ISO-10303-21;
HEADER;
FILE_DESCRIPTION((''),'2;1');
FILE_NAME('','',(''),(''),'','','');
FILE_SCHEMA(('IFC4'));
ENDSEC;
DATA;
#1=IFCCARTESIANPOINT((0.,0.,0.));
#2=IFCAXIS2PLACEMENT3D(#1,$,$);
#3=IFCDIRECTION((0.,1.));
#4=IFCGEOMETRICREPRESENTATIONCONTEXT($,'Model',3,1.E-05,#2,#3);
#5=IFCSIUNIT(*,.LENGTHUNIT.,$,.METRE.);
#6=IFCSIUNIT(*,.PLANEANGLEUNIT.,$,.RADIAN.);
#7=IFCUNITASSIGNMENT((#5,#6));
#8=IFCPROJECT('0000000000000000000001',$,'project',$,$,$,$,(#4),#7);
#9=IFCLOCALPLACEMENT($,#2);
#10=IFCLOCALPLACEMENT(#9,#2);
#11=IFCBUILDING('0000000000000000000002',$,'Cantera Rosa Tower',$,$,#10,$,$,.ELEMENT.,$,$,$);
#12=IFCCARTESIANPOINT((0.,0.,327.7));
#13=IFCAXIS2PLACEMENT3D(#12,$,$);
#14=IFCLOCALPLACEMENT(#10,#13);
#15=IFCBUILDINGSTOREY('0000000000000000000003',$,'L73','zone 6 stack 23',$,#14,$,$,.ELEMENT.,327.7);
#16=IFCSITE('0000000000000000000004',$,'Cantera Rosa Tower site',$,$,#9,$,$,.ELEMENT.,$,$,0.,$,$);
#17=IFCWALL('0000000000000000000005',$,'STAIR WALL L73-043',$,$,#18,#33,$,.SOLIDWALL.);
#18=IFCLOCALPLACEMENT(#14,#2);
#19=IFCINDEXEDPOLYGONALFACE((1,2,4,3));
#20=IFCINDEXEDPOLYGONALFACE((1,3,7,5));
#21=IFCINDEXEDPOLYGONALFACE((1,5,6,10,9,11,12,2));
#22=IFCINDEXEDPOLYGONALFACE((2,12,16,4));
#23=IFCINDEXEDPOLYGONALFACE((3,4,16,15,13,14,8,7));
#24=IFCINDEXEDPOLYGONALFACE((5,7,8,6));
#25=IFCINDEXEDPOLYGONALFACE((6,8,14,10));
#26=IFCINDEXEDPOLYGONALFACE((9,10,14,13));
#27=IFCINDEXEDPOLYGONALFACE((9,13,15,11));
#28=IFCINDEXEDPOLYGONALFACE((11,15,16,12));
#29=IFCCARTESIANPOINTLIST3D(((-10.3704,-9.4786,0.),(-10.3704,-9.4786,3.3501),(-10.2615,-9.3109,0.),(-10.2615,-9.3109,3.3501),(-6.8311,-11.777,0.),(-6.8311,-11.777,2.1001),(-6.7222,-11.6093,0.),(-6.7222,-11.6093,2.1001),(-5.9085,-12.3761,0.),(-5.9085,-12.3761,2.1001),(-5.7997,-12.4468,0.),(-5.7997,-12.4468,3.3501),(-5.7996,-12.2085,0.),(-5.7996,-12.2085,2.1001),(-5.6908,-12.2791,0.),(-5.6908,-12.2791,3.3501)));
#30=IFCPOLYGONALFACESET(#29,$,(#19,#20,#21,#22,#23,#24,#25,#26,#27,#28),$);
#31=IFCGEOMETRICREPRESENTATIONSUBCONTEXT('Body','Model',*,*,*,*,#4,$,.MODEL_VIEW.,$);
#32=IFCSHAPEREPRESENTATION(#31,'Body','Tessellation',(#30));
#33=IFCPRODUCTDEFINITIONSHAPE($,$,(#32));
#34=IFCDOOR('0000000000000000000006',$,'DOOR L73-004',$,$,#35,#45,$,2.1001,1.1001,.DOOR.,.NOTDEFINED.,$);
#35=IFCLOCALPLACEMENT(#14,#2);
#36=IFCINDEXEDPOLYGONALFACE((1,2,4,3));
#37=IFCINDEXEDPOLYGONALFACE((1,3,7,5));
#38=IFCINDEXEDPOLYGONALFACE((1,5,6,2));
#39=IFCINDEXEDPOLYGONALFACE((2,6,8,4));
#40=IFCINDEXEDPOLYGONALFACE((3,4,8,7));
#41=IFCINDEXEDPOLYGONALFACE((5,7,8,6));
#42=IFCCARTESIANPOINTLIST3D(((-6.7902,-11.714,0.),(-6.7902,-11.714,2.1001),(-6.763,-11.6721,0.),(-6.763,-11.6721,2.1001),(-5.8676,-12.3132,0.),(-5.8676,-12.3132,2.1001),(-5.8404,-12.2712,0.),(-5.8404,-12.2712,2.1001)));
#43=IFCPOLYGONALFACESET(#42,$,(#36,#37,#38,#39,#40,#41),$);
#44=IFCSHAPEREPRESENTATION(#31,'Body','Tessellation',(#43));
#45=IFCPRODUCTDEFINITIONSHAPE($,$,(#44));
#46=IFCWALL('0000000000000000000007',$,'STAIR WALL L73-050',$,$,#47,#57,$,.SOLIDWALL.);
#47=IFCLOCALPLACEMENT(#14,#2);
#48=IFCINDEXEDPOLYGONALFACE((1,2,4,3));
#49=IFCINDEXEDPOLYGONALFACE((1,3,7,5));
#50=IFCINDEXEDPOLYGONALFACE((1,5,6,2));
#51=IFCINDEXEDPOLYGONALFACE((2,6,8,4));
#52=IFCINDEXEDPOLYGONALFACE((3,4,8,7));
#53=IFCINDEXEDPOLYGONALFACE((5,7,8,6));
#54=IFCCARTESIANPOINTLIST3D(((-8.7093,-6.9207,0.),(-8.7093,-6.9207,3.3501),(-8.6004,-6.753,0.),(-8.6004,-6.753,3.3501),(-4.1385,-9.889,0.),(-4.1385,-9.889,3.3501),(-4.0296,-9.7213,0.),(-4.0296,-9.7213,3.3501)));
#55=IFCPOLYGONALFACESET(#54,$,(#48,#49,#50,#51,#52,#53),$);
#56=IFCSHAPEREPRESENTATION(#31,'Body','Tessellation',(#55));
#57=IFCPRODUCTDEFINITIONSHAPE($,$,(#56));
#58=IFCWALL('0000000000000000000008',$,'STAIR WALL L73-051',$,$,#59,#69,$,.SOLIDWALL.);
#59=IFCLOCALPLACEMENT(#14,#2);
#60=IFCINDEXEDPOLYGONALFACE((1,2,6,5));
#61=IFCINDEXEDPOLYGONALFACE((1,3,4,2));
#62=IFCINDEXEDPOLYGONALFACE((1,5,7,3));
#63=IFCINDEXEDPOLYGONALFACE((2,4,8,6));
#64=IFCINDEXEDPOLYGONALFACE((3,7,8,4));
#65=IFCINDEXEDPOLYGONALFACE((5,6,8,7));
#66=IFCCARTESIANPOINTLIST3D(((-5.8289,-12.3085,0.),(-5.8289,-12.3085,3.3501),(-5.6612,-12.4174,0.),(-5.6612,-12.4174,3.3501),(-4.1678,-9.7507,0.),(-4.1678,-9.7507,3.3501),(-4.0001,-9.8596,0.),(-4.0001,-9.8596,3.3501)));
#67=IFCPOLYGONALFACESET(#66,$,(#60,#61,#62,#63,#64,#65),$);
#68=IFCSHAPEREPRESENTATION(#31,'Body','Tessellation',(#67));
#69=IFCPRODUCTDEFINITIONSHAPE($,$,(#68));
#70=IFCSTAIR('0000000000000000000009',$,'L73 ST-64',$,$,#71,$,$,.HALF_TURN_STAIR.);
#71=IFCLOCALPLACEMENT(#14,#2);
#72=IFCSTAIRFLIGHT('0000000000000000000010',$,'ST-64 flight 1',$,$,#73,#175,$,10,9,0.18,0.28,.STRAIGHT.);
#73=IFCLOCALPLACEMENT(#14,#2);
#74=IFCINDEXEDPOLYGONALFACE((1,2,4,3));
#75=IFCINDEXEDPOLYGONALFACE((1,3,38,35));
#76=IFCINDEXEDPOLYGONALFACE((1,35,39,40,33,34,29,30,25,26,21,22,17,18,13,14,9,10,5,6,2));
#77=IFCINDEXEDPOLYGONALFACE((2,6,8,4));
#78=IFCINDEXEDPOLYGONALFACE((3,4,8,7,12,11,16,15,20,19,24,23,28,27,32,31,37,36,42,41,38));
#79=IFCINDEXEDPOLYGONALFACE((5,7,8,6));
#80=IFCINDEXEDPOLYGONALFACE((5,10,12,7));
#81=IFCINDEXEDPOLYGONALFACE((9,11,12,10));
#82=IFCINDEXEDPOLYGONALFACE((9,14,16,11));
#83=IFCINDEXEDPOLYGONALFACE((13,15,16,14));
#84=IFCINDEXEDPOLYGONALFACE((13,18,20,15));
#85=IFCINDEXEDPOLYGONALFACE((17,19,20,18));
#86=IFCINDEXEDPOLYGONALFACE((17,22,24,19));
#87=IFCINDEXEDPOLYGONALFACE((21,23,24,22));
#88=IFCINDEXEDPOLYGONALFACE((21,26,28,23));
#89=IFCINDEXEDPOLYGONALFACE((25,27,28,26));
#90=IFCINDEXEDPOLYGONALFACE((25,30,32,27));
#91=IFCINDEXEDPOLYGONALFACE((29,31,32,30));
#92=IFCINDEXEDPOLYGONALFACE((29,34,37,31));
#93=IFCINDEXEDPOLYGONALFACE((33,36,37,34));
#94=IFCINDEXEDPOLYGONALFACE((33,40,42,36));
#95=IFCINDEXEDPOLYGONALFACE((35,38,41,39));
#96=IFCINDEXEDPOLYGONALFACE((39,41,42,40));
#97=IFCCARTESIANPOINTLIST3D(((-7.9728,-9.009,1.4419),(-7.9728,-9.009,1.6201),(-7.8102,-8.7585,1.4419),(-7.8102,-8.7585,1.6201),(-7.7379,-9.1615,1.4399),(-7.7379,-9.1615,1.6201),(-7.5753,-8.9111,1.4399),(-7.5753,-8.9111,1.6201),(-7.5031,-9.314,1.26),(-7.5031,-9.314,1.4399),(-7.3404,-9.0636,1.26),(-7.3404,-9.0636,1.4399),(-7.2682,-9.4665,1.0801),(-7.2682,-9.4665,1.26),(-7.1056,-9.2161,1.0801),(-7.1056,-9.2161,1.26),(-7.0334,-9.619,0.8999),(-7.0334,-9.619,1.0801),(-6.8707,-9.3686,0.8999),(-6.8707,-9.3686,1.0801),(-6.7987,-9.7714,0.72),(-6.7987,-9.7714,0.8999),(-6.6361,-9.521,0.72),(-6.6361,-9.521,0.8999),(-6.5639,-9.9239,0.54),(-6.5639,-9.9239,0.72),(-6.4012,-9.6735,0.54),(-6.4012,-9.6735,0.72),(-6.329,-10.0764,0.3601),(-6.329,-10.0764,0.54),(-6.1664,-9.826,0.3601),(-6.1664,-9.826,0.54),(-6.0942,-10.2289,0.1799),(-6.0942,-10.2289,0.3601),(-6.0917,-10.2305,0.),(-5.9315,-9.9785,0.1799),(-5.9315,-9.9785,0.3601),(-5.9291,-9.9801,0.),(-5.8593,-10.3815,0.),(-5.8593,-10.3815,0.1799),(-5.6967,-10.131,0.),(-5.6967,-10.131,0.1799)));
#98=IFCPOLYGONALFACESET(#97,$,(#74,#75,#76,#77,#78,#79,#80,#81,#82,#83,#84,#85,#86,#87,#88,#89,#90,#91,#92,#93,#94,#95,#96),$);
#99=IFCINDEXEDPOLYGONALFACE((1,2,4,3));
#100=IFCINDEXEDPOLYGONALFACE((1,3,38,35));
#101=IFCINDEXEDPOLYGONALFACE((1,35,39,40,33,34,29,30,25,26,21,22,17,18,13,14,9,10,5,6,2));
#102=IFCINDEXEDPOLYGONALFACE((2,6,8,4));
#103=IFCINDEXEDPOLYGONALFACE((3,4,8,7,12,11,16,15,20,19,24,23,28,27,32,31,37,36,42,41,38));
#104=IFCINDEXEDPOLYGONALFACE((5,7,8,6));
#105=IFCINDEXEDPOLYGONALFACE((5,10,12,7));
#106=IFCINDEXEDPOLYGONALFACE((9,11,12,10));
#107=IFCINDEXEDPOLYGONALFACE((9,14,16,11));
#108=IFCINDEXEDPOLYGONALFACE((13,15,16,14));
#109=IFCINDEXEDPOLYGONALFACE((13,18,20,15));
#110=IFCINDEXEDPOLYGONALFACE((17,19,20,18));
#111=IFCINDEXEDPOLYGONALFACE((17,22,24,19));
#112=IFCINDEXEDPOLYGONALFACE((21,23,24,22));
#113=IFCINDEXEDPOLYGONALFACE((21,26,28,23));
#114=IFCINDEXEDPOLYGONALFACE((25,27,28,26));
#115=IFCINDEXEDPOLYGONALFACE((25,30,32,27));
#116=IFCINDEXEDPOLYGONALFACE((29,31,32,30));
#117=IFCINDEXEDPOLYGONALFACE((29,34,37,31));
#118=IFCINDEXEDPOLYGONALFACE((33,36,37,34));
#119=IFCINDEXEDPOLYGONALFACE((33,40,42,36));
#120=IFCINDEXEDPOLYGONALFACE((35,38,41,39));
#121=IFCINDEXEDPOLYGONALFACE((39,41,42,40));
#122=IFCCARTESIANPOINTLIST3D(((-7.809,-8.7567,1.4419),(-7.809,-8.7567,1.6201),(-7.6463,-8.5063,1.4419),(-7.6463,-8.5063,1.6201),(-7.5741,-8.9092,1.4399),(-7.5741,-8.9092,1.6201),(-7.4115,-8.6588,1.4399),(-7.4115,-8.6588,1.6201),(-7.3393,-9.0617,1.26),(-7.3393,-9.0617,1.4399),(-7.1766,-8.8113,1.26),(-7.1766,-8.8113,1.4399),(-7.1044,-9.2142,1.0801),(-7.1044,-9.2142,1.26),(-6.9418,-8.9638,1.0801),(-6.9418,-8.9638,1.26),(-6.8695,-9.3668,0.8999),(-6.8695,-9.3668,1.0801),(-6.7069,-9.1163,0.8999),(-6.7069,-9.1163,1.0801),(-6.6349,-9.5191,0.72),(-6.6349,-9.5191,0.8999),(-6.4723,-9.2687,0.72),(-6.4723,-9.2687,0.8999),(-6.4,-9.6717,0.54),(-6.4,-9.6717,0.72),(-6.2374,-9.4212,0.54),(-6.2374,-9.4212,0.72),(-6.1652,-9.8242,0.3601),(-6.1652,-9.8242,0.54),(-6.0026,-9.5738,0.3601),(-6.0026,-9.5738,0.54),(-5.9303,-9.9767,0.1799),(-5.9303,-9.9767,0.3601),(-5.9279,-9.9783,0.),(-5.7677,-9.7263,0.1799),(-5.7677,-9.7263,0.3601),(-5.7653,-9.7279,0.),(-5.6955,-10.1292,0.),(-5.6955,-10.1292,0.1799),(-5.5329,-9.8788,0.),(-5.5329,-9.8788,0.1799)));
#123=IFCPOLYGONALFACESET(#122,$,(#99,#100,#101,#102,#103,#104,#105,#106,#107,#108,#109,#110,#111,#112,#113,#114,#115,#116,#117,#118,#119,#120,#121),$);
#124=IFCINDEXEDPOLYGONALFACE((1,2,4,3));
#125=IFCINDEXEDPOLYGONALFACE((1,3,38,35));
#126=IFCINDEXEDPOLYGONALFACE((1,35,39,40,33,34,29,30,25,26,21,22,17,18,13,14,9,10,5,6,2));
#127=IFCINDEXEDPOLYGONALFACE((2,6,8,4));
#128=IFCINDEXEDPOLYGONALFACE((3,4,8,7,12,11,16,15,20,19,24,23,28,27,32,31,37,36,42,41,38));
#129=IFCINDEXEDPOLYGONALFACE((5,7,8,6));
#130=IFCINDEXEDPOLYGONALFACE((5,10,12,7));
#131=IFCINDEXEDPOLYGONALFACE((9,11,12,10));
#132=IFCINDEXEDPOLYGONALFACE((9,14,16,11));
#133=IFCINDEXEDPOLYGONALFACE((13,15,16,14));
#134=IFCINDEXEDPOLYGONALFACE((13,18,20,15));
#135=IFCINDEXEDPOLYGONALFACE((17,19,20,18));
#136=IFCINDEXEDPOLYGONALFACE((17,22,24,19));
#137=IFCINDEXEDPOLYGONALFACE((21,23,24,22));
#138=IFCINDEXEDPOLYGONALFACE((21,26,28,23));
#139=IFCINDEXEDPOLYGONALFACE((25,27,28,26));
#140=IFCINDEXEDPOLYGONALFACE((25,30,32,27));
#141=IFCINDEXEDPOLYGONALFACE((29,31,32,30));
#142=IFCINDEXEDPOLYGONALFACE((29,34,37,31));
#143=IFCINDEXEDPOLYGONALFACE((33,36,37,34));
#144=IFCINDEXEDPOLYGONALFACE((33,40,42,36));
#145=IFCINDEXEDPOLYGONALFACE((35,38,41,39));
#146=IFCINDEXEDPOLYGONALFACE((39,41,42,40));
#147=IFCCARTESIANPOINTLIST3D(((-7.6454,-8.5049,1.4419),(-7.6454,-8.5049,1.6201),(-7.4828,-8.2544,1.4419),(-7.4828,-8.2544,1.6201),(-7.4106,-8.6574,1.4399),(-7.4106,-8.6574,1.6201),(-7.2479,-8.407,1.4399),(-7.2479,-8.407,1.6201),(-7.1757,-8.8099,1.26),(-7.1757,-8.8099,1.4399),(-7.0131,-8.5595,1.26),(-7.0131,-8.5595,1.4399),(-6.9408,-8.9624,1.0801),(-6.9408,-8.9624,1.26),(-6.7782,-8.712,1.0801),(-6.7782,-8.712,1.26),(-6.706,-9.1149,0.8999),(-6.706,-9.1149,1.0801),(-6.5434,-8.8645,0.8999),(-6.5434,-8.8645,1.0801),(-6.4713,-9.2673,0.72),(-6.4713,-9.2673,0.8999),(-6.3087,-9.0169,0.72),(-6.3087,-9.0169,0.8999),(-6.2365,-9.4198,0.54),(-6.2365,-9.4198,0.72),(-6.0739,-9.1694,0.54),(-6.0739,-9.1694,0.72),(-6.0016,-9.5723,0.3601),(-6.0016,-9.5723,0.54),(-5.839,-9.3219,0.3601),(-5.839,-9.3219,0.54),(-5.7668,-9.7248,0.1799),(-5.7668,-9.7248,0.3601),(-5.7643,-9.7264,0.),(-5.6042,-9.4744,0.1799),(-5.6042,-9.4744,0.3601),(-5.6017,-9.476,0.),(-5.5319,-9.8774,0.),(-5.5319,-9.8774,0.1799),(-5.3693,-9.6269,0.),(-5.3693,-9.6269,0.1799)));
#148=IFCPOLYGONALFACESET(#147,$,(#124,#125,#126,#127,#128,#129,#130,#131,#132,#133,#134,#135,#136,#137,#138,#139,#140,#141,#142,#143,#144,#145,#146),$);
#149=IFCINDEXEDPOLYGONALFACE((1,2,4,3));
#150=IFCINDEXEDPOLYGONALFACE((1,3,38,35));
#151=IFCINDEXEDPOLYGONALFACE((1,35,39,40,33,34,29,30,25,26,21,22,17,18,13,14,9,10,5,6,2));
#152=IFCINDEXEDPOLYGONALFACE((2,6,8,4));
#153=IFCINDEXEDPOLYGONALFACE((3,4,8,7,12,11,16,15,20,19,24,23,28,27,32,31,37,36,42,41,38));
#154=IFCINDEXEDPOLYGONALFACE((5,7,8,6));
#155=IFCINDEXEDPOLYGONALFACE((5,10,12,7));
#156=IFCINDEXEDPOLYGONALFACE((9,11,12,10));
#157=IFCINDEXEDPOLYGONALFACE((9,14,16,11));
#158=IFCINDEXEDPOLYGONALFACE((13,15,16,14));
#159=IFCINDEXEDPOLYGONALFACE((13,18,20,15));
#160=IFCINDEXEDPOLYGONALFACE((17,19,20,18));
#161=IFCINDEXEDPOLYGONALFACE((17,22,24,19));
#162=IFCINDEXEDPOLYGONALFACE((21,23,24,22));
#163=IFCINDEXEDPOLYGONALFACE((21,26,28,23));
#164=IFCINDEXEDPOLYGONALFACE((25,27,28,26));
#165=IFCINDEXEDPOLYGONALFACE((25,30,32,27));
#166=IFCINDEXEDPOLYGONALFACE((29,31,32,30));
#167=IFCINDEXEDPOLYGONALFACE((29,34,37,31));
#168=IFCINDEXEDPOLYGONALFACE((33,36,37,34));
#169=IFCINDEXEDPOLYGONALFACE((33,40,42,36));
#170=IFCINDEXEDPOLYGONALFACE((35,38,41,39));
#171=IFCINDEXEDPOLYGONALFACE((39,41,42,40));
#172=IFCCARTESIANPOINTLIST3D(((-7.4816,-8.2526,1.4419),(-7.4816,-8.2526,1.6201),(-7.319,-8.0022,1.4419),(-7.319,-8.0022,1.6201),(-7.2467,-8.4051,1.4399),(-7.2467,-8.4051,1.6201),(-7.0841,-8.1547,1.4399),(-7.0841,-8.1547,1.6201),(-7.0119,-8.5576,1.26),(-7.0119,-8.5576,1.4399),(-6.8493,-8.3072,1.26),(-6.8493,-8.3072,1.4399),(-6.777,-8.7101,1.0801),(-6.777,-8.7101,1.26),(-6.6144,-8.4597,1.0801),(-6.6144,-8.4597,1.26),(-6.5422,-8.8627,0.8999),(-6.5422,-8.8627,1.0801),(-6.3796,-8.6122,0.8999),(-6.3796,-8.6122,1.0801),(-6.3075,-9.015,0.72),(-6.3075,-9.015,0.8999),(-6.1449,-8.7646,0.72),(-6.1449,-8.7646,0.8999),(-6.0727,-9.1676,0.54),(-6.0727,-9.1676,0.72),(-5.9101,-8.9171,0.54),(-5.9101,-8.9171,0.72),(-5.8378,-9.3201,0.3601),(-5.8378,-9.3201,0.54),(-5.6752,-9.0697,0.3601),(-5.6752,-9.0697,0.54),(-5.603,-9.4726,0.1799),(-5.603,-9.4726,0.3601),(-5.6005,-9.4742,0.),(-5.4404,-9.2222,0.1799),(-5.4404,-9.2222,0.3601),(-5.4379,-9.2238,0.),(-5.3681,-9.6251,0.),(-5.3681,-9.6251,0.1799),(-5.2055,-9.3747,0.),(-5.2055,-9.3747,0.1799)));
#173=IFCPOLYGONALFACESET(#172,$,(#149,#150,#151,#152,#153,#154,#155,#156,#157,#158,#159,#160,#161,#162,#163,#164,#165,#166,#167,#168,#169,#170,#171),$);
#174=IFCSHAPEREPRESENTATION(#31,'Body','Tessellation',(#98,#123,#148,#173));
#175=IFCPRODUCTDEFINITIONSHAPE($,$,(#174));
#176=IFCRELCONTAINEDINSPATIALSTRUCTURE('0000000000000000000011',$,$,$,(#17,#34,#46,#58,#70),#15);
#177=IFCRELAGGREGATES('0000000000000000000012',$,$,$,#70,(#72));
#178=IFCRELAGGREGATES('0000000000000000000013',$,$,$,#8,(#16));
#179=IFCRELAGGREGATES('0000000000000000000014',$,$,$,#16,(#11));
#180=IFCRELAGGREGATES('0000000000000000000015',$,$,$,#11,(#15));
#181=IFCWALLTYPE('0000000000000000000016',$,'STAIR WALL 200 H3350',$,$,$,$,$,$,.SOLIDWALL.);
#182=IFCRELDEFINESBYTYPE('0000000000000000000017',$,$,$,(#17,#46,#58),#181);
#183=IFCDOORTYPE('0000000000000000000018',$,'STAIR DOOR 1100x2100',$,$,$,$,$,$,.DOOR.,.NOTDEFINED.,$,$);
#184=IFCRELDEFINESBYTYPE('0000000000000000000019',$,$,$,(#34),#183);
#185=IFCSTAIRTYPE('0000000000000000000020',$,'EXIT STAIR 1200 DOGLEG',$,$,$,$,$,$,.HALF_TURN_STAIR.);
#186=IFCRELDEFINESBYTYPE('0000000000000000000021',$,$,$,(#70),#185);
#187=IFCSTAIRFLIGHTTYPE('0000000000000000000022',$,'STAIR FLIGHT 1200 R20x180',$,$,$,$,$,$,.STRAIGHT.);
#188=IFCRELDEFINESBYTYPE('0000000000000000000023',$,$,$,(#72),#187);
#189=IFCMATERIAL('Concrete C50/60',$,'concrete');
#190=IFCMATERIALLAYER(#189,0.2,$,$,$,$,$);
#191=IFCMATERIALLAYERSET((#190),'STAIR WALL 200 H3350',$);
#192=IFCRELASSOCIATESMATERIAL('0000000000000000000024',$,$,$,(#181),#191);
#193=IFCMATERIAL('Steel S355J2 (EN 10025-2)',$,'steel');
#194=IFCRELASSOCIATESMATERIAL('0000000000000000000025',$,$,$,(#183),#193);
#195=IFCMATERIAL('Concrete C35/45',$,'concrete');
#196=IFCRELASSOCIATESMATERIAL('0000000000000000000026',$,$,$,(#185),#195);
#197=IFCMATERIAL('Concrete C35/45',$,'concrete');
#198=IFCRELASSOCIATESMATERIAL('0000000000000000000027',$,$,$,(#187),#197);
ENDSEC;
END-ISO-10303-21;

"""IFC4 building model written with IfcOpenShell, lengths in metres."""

from ifc_helpers import new_model, si_unit, direction, frame, frame_2d, origin, place, context, subcontext, project, spatial, polyline, rectangle, outline, extrude, material, layer, layer_set, type_object, element, fill, aggregate, save


model = new_model("IFC4")

# Units and contexts
model_context = context("Model", 3, precision=1e-05, world=origin(), true_north=direction((0.0, 1.0)))
body_context = subcontext(model_context, "Body", "Model", "MODEL_VIEW")
ifc_project = project(units=[si_unit("LENGTHUNIT", "METRE"), si_unit("PLANEANGLEUNIT", "RADIAN")], contexts=[model_context])

# Site, building, storey
site_placement = place(None, origin())
site = spatial("IfcSite", under=ifc_project, at=site_placement, Name="Cantera Rosa Tower site", CompositionType="ELEMENT", RefElevation=0.0)
building_placement = place(site_placement, origin())
building = spatial("IfcBuilding", under=site, at=building_placement, Name="Cantera Rosa Tower", CompositionType="ELEMENT")
storey_placement = place(building_placement, frame((0.0, 0.0, 327.7)))
storey = spatial("IfcBuildingStorey", under=building, at=storey_placement, Name="L73", Description="zone 6 stack 23", CompositionType="ELEMENT", Elevation=327.7)

# Wall, opening, door
ifc_material_1 = material(Name="Concrete C50/60", Category="concrete")
ifc_layer_1 = layer(ifc_material_1, 0.2)
ifc_layer_set_1 = layer_set([ifc_layer_1], Name="STAIR WALL 200 H3350")
wall_type_1 = type_object("IfcWallType", Name="STAIR WALL 200 H3350", PredefinedType="SOLIDWALL", material=ifc_layer_set_1)
wall_1_placement = place(storey_placement, frame((-5.7451, -12.363, 0.0), z_axis=(0.0, 0.0, 1.0), x_axis=(-0.838675, 0.544632, 0.0)))
wall_1 = element("IfcWall", 1, at=wall_1_placement, inside=storey, type_object=wall_type_1, Name="STAIR WALL L73-043", PredefinedType="SOLIDWALL", context=body_context, shape_type="SweptSolid", body=[
    extrude(rectangle(XDim=5.45, YDim=0.2, at=frame_2d((2.7251, 0.0))), origin(), (0.0, 0.0, 1.0), 3.3501),
])
opening_1_placement = place(wall_1_placement, frame((0.1299, 0.0, 0.0)))
opening_1 = element("IfcOpeningElement", 2, at=opening_1_placement, cuts=wall_1, PredefinedType="OPENING", context=body_context, shape_type="SweptSolid", body=[
    extrude(rectangle(XDim=1.1001, YDim=2.1001, at=frame_2d((0.55, 1.05))), frame((0.0, 0.1099, 0.0), z_axis=(0.0, -1.0, 0.0), x_axis=(1.0, 0.0, 0.0)), (0.0, 0.0, 1.0), 0.22),
])
ifc_material_2 = material(Name="Steel S355J2 (EN 10025-2)", Category="steel")
door_type_1 = type_object("IfcDoorType", Name="STAIR DOOR 1100x2100", OperationType="NOTDEFINED", PredefinedType="DOOR", material=ifc_material_2)
door_1_placement = place(opening_1_placement, origin())
door_1 = element("IfcDoor", 3, at=door_1_placement, inside=storey, type_object=door_type_1, Name="DOOR L73-004", OperationType="NOTDEFINED", OverallHeight=2.1001, OverallWidth=1.1001, PredefinedType="DOOR", context=body_context, shape_type="SweptSolid", body=[
    extrude(rectangle(XDim=1.1001, YDim=2.1001, at=frame_2d((0.55, 1.05))), frame((0.0, 0.0249, 0.0), z_axis=(0.0, -1.0, 0.0), x_axis=(1.0, 0.0, 0.0)), (0.0, 0.0, 1.0), 0.05),
])
fill(opening_1, door_1)

# Walls
wall_2_placement = place(storey_placement, frame((-4.084, -9.8052, 0.0), z_axis=(0.0, 0.0, 1.0), x_axis=(-0.838675, 0.544632, 0.0)))
element("IfcWall", 4, at=wall_2_placement, inside=storey, type_object=wall_type_1, Name="STAIR WALL L73-050", PredefinedType="SOLIDWALL", context=body_context, shape_type="SweptSolid", body=[
    extrude(rectangle(XDim=5.45, YDim=0.2, at=frame_2d((2.7251, 0.0))), origin(), (0.0, 0.0, 1.0), 3.3501),
])
wall_3_placement = place(storey_placement, frame((-4.084, -9.8052, 0.0), z_axis=(0.0, 0.0, 1.0), x_axis=(-0.544648, -0.838665, 0.0)))
element("IfcWall", 5, at=wall_3_placement, inside=storey, type_object=wall_type_1, Name="STAIR WALL L73-051", PredefinedType="SOLIDWALL", context=body_context, shape_type="SweptSolid", body=[
    extrude(rectangle(XDim=3.0498, YDim=0.2, at=frame_2d((1.5249, 0.0))), origin(), (0.0, 0.0, 1.0), 3.3501),
])

# Stair, stair flight
ifc_material_3 = material(Name="Concrete C35/45", Category="concrete")
stair_type = type_object("IfcStairType", Name="EXIT STAIR 1200 DOGLEG", PredefinedType="HALF_TURN_STAIR", material=ifc_material_3)
stair_placement = place(storey_placement, origin())
stair = element("IfcStair", 6, at=stair_placement, inside=storey, type_object=stair_type, Name="L73 ST-64", PredefinedType="HALF_TURN_STAIR")
ifc_material_4 = material(Name="Concrete C35/45", Category="concrete")
stair_flight_type = type_object("IfcStairFlightType", Name="STAIR FLIGHT 1200 R20x180", PredefinedType="STRAIGHT", material=ifc_material_4)
stair_flight_placement = place(storey_placement, frame((-5.5325, -9.8782, 0.0), z_axis=(0.0, 0.0, 1.0), x_axis=(-0.838671, 0.544639, 0.0)))
stair_flight = element("IfcStairFlight", 7, at=stair_flight_placement, type_object=stair_flight_type, Name="ST-64 flight 1", NumberOfRisers=10, NumberOfTreads=9, PredefinedType="STRAIGHT", RiserHeight=0.18, TreadLength=0.28, context=body_context, shape_type="SweptSolid", body=[
    extrude(outline(polyline([(0.0, 0.0), (0.0, 0.1799), (0.28, 0.1799), (0.28, 0.3601), (0.5601, 0.3601), (0.5601, 0.54), (0.8401, 0.54), (0.8401, 0.72), (1.1201, 0.72), (1.1201, 0.8999), (1.3999, 0.8999), (1.3999, 1.0801), (1.6799, 1.0801), (1.6799, 1.26), (1.96, 1.26), (1.96, 1.4399), (2.24, 1.4399), (2.24, 1.6201), (2.52, 1.6201), (2.52, 1.8), (2.52, 1.4419), (0.2771, 0.0), (0.0, 0.0)])), frame((0.0, 0.6001, 0.0), z_axis=(0.0, -1.0, 0.0), x_axis=(1.0, 0.0, 0.0)), (0.0, 0.0, 1.0), 0.2986),
    extrude(outline(polyline([(0.0, 0.0), (0.0, 0.1799), (0.28, 0.1799), (0.28, 0.3601), (0.5601, 0.3601), (0.5601, 0.54), (0.8401, 0.54), (0.8401, 0.72), (1.1201, 0.72), (1.1201, 0.8999), (1.3999, 0.8999), (1.3999, 1.0801), (1.6799, 1.0801), (1.6799, 1.26), (1.96, 1.26), (1.96, 1.4399), (2.24, 1.4399), (2.24, 1.6201), (2.52, 1.6201), (2.52, 1.8), (2.52, 1.4419), (0.2771, 0.0), (0.0, 0.0)])), frame((0.0, 0.2993, 0.0), z_axis=(0.0, -1.0, 0.0), x_axis=(1.0, 0.0, 0.0)), (0.0, 0.0, 1.0), 0.2986),
    extrude(outline(polyline([(0.0, 0.0), (0.0, 0.1799), (0.28, 0.1799), (0.28, 0.3601), (0.5601, 0.3601), (0.5601, 0.54), (0.8401, 0.54), (0.8401, 0.72), (1.1201, 0.72), (1.1201, 0.8999), (1.3999, 0.8999), (1.3999, 1.0801), (1.6799, 1.0801), (1.6799, 1.26), (1.96, 1.26), (1.96, 1.4399), (2.24, 1.4399), (2.24, 1.6201), (2.52, 1.6201), (2.52, 1.8), (2.52, 1.4419), (0.2771, 0.0), (0.0, 0.0)])), frame((0.0, -0.001, 0.0), z_axis=(0.0, -1.0, 0.0), x_axis=(1.0, 0.0, 0.0)), (0.0, 0.0, 1.0), 0.2986),
    extrude(outline(polyline([(0.0, 0.0), (0.0, 0.1799), (0.28, 0.1799), (0.28, 0.3601), (0.5601, 0.3601), (0.5601, 0.54), (0.8401, 0.54), (0.8401, 0.72), (1.1201, 0.72), (1.1201, 0.8999), (1.3999, 0.8999), (1.3999, 1.0801), (1.6799, 1.0801), (1.6799, 1.26), (1.96, 1.26), (1.96, 1.4399), (2.24, 1.4399), (2.24, 1.6201), (2.52, 1.6201), (2.52, 1.8), (2.52, 1.4419), (0.2771, 0.0), (0.0, 0.0)])), frame((0.0, -0.3018, 0.0), z_axis=(0.0, -1.0, 0.0), x_axis=(1.0, 0.0, 0.0)), (0.0, 0.0, 1.0), 0.2986),
])
aggregate(stair, [stair_flight])

save(model, "model.ifc")
